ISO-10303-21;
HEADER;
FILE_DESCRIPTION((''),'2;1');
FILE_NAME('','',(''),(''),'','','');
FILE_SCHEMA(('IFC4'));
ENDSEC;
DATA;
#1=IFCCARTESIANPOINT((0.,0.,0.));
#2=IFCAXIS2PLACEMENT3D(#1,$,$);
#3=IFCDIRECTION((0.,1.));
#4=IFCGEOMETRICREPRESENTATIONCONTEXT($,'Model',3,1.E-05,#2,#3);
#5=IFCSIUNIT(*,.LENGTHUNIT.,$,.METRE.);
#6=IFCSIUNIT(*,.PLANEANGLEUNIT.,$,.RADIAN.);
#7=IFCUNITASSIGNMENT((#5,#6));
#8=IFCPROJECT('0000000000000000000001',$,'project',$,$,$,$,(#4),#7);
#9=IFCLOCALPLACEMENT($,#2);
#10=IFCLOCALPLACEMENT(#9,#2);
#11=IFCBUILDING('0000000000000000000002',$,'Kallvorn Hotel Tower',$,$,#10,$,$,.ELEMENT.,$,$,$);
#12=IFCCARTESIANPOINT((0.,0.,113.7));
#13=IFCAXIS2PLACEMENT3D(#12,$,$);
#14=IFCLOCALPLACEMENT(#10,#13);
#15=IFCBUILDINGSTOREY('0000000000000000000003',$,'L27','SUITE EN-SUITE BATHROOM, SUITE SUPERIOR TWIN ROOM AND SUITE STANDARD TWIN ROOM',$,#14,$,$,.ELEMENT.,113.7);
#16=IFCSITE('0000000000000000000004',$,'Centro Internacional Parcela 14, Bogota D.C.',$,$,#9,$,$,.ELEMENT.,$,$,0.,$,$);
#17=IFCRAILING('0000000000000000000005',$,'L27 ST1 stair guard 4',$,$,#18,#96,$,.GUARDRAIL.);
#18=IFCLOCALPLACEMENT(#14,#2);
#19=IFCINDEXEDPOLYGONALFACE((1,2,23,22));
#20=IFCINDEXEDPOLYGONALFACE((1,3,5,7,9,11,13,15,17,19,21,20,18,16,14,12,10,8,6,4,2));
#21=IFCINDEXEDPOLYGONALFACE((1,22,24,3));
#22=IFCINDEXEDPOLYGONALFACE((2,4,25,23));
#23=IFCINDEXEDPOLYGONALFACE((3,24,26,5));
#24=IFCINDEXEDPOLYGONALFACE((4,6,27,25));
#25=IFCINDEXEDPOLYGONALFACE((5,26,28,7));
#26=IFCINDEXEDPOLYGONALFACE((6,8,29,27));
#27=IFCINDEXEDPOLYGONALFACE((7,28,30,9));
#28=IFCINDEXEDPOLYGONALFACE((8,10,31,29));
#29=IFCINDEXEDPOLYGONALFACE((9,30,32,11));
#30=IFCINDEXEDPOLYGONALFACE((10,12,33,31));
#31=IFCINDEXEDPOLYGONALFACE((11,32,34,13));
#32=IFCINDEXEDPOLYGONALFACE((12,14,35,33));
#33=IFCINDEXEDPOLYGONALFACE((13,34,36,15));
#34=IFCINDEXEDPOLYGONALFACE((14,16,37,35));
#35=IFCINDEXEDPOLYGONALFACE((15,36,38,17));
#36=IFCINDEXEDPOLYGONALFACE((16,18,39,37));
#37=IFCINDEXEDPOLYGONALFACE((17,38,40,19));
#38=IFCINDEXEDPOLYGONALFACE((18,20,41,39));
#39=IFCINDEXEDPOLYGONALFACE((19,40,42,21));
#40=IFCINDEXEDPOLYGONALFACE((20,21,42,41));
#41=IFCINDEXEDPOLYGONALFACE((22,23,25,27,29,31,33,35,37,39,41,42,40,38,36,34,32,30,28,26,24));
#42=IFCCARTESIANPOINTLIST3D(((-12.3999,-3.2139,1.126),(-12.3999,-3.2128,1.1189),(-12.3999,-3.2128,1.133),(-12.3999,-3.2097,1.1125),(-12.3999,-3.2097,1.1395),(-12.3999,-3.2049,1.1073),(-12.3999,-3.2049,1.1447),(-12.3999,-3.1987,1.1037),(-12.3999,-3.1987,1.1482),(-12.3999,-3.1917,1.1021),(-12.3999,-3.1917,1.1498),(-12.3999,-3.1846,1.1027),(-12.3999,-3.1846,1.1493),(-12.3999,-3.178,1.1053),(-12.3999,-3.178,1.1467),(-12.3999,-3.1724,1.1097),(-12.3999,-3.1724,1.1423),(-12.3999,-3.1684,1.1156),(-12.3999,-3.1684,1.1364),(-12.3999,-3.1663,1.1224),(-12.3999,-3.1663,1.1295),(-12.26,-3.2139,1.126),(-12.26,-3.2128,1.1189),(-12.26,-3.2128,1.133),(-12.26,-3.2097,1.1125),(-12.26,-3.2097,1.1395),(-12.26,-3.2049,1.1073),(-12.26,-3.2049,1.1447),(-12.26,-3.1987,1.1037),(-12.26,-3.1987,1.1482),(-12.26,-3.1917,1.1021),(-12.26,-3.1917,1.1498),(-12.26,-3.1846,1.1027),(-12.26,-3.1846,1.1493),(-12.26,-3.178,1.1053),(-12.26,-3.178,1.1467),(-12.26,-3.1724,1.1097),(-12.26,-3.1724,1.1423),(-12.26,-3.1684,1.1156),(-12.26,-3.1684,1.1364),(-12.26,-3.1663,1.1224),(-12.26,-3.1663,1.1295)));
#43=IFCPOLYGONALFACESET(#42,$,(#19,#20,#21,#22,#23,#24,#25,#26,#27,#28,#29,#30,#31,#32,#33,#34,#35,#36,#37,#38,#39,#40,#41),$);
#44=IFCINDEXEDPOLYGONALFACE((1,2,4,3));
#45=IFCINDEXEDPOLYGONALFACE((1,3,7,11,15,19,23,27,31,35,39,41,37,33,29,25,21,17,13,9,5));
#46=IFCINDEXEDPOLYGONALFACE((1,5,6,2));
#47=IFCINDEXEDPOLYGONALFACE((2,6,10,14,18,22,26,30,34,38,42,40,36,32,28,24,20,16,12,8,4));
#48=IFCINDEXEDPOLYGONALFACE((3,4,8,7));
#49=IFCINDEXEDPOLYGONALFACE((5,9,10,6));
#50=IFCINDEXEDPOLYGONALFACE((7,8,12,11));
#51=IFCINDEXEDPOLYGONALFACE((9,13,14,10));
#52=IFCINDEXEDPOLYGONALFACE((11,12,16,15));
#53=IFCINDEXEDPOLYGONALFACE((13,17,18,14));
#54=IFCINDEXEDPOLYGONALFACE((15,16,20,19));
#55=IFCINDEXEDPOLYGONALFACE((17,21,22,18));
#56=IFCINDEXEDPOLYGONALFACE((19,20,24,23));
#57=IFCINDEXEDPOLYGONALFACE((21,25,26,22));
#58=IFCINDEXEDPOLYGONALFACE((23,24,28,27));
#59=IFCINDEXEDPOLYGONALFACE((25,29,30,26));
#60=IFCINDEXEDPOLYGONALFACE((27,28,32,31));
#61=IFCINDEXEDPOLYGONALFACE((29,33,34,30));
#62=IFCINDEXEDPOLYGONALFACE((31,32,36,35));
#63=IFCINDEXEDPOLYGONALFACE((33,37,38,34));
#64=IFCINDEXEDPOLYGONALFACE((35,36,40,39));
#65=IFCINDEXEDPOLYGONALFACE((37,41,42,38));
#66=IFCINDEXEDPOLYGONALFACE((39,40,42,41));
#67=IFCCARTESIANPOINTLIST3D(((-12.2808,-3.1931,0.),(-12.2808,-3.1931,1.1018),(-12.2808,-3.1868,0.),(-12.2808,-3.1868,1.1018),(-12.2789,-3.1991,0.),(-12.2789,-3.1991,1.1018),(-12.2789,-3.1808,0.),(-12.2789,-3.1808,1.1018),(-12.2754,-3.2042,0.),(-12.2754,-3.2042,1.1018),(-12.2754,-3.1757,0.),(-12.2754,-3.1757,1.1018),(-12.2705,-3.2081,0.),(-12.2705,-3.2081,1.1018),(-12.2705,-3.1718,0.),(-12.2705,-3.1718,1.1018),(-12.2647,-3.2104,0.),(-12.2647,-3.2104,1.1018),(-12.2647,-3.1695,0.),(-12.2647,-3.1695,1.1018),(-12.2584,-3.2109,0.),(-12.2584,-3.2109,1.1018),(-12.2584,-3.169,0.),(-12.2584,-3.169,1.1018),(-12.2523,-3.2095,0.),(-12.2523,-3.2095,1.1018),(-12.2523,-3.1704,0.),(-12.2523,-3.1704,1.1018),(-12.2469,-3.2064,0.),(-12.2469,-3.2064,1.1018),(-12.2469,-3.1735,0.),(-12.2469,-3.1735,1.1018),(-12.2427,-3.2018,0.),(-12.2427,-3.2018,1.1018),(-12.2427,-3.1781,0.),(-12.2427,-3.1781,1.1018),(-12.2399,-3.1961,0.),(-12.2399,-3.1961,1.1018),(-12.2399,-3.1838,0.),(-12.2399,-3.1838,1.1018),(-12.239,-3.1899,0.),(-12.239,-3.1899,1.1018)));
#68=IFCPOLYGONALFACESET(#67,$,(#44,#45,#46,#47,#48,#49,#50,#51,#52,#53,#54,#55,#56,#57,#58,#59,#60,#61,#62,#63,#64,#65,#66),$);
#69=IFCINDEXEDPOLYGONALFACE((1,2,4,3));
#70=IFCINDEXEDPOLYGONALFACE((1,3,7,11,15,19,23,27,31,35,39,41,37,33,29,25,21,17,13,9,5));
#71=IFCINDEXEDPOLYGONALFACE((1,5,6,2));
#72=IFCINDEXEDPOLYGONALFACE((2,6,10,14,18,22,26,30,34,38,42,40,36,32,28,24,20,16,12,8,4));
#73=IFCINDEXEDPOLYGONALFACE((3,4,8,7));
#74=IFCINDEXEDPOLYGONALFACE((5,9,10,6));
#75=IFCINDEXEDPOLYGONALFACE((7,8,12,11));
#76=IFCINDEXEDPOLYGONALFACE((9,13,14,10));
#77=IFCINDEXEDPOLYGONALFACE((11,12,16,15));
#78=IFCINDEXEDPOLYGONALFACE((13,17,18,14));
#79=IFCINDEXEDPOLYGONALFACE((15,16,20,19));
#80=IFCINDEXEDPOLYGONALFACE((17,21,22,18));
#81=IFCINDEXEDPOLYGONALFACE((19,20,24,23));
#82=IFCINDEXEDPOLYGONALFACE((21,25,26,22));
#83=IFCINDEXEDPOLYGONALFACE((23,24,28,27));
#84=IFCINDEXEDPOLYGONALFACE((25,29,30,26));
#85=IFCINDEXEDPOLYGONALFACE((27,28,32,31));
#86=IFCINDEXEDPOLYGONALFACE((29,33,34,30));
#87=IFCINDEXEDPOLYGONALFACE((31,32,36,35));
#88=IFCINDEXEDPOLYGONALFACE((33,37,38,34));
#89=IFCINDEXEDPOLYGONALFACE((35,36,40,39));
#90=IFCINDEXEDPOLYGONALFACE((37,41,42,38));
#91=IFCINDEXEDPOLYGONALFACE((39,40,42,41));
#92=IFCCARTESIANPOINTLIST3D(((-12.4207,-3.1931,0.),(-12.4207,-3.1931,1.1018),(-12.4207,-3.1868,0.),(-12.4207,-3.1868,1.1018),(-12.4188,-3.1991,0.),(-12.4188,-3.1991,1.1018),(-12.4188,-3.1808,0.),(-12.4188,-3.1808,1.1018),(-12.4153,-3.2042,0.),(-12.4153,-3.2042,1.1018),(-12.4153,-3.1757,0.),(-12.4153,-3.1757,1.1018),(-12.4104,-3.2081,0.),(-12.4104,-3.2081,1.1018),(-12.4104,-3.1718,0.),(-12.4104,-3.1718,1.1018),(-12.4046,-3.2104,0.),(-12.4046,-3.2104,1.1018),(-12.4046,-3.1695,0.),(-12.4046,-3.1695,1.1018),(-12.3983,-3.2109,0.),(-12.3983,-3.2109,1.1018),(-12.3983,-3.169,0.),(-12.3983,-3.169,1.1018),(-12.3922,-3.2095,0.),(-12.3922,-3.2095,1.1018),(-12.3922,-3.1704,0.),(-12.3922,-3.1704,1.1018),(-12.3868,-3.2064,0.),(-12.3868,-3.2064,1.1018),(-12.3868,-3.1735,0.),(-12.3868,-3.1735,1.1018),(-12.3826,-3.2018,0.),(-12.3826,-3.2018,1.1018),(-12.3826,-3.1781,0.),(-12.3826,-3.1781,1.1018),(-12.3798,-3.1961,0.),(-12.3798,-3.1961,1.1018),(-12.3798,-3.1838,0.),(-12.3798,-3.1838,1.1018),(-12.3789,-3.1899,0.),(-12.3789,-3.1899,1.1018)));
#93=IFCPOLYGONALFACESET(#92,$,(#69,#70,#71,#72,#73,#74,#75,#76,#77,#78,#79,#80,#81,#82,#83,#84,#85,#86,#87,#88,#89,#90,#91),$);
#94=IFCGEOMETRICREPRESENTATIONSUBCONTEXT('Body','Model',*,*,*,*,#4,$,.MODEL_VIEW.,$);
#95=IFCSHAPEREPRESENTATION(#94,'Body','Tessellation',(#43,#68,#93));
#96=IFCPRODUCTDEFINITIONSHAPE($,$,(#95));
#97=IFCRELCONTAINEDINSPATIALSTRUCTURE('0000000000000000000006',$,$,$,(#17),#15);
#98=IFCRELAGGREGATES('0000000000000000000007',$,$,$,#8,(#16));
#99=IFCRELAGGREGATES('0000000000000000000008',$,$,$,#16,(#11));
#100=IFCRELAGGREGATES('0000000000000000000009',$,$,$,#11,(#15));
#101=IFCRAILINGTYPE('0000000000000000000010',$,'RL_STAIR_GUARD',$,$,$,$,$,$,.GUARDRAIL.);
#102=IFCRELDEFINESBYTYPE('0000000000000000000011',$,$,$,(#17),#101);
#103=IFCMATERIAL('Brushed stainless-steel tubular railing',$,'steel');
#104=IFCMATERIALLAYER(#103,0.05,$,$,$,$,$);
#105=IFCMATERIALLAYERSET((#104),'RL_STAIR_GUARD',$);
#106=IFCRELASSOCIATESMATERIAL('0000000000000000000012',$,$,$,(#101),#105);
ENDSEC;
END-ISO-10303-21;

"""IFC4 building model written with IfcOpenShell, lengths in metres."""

from ifc_helpers import new_model, si_unit, direction, frame, origin, origin_2d, place, context, subcontext, project, spatial, circle, extrude, material, layer, layer_set, type_object, element, save


model = new_model("IFC4")

# Units and contexts
model_context = context("Model", 3, precision=1e-05, world=origin(), true_north=direction((0.0, 1.0)))
body_context = subcontext(model_context, "Body", "Model", "MODEL_VIEW")
ifc_project = project(units=[si_unit("LENGTHUNIT", "METRE"), si_unit("PLANEANGLEUNIT", "RADIAN")], contexts=[model_context])

# Site, building, storey
site_placement = place(None, origin())
site = spatial("IfcSite", under=ifc_project, at=site_placement, Name="Centro Internacional Parcela 14, Bogota D.C.", CompositionType="ELEMENT", RefElevation=0.0)
building_placement = place(site_placement, origin())
building = spatial("IfcBuilding", under=site, at=building_placement, Name="Kallvorn Hotel Tower", CompositionType="ELEMENT")
storey_placement = place(building_placement, frame((0.0, 0.0, 113.7)))
storey = spatial("IfcBuildingStorey", under=building, at=storey_placement, Name="L27", Description="SUITE EN-SUITE BATHROOM, SUITE SUPERIOR TWIN ROOM AND SUITE STANDARD TWIN ROOM", CompositionType="ELEMENT", Elevation=113.7)

# Railing
ifc_material_1 = material(Name="Brushed stainless-steel tubular railing", Category="steel")
ifc_layer_1 = layer(ifc_material_1, 0.05)
ifc_layer_set_1 = layer_set([ifc_layer_1], Name="RL_STAIR_GUARD")
railing_type_1 = type_object("IfcRailingType", Name="RL_STAIR_GUARD", PredefinedType="GUARDRAIL", material=ifc_layer_set_1)
railing_1_placement = place(storey_placement, frame((-12.26, -3.1899, 0.0)))
element("IfcRailing", 1, at=railing_1_placement, inside=storey, type_object=railing_type_1, Name="L27 ST1 stair guard 4", PredefinedType="GUARDRAIL", context=body_context, shape_type="SweptSolid", body=[
    extrude(circle(Radius=0.0239, at=origin_2d()), frame((0.0, 0.0, 1.126), z_axis=(-1.0, 0.0, 0.0), x_axis=(0.0, -1.0, 0.0)), (0.0, 0.0, 1.0), 0.1399),
    extrude(circle(Radius=0.021, at=origin_2d()), origin(), (0.0, 0.0, 1.0), 1.1018),
    extrude(circle(Radius=0.021, at=origin_2d()), frame((-0.1399, 0.0, 0.0)), (0.0, 0.0, 1.0), 1.1018),
])

save(model, "model.ifc")
